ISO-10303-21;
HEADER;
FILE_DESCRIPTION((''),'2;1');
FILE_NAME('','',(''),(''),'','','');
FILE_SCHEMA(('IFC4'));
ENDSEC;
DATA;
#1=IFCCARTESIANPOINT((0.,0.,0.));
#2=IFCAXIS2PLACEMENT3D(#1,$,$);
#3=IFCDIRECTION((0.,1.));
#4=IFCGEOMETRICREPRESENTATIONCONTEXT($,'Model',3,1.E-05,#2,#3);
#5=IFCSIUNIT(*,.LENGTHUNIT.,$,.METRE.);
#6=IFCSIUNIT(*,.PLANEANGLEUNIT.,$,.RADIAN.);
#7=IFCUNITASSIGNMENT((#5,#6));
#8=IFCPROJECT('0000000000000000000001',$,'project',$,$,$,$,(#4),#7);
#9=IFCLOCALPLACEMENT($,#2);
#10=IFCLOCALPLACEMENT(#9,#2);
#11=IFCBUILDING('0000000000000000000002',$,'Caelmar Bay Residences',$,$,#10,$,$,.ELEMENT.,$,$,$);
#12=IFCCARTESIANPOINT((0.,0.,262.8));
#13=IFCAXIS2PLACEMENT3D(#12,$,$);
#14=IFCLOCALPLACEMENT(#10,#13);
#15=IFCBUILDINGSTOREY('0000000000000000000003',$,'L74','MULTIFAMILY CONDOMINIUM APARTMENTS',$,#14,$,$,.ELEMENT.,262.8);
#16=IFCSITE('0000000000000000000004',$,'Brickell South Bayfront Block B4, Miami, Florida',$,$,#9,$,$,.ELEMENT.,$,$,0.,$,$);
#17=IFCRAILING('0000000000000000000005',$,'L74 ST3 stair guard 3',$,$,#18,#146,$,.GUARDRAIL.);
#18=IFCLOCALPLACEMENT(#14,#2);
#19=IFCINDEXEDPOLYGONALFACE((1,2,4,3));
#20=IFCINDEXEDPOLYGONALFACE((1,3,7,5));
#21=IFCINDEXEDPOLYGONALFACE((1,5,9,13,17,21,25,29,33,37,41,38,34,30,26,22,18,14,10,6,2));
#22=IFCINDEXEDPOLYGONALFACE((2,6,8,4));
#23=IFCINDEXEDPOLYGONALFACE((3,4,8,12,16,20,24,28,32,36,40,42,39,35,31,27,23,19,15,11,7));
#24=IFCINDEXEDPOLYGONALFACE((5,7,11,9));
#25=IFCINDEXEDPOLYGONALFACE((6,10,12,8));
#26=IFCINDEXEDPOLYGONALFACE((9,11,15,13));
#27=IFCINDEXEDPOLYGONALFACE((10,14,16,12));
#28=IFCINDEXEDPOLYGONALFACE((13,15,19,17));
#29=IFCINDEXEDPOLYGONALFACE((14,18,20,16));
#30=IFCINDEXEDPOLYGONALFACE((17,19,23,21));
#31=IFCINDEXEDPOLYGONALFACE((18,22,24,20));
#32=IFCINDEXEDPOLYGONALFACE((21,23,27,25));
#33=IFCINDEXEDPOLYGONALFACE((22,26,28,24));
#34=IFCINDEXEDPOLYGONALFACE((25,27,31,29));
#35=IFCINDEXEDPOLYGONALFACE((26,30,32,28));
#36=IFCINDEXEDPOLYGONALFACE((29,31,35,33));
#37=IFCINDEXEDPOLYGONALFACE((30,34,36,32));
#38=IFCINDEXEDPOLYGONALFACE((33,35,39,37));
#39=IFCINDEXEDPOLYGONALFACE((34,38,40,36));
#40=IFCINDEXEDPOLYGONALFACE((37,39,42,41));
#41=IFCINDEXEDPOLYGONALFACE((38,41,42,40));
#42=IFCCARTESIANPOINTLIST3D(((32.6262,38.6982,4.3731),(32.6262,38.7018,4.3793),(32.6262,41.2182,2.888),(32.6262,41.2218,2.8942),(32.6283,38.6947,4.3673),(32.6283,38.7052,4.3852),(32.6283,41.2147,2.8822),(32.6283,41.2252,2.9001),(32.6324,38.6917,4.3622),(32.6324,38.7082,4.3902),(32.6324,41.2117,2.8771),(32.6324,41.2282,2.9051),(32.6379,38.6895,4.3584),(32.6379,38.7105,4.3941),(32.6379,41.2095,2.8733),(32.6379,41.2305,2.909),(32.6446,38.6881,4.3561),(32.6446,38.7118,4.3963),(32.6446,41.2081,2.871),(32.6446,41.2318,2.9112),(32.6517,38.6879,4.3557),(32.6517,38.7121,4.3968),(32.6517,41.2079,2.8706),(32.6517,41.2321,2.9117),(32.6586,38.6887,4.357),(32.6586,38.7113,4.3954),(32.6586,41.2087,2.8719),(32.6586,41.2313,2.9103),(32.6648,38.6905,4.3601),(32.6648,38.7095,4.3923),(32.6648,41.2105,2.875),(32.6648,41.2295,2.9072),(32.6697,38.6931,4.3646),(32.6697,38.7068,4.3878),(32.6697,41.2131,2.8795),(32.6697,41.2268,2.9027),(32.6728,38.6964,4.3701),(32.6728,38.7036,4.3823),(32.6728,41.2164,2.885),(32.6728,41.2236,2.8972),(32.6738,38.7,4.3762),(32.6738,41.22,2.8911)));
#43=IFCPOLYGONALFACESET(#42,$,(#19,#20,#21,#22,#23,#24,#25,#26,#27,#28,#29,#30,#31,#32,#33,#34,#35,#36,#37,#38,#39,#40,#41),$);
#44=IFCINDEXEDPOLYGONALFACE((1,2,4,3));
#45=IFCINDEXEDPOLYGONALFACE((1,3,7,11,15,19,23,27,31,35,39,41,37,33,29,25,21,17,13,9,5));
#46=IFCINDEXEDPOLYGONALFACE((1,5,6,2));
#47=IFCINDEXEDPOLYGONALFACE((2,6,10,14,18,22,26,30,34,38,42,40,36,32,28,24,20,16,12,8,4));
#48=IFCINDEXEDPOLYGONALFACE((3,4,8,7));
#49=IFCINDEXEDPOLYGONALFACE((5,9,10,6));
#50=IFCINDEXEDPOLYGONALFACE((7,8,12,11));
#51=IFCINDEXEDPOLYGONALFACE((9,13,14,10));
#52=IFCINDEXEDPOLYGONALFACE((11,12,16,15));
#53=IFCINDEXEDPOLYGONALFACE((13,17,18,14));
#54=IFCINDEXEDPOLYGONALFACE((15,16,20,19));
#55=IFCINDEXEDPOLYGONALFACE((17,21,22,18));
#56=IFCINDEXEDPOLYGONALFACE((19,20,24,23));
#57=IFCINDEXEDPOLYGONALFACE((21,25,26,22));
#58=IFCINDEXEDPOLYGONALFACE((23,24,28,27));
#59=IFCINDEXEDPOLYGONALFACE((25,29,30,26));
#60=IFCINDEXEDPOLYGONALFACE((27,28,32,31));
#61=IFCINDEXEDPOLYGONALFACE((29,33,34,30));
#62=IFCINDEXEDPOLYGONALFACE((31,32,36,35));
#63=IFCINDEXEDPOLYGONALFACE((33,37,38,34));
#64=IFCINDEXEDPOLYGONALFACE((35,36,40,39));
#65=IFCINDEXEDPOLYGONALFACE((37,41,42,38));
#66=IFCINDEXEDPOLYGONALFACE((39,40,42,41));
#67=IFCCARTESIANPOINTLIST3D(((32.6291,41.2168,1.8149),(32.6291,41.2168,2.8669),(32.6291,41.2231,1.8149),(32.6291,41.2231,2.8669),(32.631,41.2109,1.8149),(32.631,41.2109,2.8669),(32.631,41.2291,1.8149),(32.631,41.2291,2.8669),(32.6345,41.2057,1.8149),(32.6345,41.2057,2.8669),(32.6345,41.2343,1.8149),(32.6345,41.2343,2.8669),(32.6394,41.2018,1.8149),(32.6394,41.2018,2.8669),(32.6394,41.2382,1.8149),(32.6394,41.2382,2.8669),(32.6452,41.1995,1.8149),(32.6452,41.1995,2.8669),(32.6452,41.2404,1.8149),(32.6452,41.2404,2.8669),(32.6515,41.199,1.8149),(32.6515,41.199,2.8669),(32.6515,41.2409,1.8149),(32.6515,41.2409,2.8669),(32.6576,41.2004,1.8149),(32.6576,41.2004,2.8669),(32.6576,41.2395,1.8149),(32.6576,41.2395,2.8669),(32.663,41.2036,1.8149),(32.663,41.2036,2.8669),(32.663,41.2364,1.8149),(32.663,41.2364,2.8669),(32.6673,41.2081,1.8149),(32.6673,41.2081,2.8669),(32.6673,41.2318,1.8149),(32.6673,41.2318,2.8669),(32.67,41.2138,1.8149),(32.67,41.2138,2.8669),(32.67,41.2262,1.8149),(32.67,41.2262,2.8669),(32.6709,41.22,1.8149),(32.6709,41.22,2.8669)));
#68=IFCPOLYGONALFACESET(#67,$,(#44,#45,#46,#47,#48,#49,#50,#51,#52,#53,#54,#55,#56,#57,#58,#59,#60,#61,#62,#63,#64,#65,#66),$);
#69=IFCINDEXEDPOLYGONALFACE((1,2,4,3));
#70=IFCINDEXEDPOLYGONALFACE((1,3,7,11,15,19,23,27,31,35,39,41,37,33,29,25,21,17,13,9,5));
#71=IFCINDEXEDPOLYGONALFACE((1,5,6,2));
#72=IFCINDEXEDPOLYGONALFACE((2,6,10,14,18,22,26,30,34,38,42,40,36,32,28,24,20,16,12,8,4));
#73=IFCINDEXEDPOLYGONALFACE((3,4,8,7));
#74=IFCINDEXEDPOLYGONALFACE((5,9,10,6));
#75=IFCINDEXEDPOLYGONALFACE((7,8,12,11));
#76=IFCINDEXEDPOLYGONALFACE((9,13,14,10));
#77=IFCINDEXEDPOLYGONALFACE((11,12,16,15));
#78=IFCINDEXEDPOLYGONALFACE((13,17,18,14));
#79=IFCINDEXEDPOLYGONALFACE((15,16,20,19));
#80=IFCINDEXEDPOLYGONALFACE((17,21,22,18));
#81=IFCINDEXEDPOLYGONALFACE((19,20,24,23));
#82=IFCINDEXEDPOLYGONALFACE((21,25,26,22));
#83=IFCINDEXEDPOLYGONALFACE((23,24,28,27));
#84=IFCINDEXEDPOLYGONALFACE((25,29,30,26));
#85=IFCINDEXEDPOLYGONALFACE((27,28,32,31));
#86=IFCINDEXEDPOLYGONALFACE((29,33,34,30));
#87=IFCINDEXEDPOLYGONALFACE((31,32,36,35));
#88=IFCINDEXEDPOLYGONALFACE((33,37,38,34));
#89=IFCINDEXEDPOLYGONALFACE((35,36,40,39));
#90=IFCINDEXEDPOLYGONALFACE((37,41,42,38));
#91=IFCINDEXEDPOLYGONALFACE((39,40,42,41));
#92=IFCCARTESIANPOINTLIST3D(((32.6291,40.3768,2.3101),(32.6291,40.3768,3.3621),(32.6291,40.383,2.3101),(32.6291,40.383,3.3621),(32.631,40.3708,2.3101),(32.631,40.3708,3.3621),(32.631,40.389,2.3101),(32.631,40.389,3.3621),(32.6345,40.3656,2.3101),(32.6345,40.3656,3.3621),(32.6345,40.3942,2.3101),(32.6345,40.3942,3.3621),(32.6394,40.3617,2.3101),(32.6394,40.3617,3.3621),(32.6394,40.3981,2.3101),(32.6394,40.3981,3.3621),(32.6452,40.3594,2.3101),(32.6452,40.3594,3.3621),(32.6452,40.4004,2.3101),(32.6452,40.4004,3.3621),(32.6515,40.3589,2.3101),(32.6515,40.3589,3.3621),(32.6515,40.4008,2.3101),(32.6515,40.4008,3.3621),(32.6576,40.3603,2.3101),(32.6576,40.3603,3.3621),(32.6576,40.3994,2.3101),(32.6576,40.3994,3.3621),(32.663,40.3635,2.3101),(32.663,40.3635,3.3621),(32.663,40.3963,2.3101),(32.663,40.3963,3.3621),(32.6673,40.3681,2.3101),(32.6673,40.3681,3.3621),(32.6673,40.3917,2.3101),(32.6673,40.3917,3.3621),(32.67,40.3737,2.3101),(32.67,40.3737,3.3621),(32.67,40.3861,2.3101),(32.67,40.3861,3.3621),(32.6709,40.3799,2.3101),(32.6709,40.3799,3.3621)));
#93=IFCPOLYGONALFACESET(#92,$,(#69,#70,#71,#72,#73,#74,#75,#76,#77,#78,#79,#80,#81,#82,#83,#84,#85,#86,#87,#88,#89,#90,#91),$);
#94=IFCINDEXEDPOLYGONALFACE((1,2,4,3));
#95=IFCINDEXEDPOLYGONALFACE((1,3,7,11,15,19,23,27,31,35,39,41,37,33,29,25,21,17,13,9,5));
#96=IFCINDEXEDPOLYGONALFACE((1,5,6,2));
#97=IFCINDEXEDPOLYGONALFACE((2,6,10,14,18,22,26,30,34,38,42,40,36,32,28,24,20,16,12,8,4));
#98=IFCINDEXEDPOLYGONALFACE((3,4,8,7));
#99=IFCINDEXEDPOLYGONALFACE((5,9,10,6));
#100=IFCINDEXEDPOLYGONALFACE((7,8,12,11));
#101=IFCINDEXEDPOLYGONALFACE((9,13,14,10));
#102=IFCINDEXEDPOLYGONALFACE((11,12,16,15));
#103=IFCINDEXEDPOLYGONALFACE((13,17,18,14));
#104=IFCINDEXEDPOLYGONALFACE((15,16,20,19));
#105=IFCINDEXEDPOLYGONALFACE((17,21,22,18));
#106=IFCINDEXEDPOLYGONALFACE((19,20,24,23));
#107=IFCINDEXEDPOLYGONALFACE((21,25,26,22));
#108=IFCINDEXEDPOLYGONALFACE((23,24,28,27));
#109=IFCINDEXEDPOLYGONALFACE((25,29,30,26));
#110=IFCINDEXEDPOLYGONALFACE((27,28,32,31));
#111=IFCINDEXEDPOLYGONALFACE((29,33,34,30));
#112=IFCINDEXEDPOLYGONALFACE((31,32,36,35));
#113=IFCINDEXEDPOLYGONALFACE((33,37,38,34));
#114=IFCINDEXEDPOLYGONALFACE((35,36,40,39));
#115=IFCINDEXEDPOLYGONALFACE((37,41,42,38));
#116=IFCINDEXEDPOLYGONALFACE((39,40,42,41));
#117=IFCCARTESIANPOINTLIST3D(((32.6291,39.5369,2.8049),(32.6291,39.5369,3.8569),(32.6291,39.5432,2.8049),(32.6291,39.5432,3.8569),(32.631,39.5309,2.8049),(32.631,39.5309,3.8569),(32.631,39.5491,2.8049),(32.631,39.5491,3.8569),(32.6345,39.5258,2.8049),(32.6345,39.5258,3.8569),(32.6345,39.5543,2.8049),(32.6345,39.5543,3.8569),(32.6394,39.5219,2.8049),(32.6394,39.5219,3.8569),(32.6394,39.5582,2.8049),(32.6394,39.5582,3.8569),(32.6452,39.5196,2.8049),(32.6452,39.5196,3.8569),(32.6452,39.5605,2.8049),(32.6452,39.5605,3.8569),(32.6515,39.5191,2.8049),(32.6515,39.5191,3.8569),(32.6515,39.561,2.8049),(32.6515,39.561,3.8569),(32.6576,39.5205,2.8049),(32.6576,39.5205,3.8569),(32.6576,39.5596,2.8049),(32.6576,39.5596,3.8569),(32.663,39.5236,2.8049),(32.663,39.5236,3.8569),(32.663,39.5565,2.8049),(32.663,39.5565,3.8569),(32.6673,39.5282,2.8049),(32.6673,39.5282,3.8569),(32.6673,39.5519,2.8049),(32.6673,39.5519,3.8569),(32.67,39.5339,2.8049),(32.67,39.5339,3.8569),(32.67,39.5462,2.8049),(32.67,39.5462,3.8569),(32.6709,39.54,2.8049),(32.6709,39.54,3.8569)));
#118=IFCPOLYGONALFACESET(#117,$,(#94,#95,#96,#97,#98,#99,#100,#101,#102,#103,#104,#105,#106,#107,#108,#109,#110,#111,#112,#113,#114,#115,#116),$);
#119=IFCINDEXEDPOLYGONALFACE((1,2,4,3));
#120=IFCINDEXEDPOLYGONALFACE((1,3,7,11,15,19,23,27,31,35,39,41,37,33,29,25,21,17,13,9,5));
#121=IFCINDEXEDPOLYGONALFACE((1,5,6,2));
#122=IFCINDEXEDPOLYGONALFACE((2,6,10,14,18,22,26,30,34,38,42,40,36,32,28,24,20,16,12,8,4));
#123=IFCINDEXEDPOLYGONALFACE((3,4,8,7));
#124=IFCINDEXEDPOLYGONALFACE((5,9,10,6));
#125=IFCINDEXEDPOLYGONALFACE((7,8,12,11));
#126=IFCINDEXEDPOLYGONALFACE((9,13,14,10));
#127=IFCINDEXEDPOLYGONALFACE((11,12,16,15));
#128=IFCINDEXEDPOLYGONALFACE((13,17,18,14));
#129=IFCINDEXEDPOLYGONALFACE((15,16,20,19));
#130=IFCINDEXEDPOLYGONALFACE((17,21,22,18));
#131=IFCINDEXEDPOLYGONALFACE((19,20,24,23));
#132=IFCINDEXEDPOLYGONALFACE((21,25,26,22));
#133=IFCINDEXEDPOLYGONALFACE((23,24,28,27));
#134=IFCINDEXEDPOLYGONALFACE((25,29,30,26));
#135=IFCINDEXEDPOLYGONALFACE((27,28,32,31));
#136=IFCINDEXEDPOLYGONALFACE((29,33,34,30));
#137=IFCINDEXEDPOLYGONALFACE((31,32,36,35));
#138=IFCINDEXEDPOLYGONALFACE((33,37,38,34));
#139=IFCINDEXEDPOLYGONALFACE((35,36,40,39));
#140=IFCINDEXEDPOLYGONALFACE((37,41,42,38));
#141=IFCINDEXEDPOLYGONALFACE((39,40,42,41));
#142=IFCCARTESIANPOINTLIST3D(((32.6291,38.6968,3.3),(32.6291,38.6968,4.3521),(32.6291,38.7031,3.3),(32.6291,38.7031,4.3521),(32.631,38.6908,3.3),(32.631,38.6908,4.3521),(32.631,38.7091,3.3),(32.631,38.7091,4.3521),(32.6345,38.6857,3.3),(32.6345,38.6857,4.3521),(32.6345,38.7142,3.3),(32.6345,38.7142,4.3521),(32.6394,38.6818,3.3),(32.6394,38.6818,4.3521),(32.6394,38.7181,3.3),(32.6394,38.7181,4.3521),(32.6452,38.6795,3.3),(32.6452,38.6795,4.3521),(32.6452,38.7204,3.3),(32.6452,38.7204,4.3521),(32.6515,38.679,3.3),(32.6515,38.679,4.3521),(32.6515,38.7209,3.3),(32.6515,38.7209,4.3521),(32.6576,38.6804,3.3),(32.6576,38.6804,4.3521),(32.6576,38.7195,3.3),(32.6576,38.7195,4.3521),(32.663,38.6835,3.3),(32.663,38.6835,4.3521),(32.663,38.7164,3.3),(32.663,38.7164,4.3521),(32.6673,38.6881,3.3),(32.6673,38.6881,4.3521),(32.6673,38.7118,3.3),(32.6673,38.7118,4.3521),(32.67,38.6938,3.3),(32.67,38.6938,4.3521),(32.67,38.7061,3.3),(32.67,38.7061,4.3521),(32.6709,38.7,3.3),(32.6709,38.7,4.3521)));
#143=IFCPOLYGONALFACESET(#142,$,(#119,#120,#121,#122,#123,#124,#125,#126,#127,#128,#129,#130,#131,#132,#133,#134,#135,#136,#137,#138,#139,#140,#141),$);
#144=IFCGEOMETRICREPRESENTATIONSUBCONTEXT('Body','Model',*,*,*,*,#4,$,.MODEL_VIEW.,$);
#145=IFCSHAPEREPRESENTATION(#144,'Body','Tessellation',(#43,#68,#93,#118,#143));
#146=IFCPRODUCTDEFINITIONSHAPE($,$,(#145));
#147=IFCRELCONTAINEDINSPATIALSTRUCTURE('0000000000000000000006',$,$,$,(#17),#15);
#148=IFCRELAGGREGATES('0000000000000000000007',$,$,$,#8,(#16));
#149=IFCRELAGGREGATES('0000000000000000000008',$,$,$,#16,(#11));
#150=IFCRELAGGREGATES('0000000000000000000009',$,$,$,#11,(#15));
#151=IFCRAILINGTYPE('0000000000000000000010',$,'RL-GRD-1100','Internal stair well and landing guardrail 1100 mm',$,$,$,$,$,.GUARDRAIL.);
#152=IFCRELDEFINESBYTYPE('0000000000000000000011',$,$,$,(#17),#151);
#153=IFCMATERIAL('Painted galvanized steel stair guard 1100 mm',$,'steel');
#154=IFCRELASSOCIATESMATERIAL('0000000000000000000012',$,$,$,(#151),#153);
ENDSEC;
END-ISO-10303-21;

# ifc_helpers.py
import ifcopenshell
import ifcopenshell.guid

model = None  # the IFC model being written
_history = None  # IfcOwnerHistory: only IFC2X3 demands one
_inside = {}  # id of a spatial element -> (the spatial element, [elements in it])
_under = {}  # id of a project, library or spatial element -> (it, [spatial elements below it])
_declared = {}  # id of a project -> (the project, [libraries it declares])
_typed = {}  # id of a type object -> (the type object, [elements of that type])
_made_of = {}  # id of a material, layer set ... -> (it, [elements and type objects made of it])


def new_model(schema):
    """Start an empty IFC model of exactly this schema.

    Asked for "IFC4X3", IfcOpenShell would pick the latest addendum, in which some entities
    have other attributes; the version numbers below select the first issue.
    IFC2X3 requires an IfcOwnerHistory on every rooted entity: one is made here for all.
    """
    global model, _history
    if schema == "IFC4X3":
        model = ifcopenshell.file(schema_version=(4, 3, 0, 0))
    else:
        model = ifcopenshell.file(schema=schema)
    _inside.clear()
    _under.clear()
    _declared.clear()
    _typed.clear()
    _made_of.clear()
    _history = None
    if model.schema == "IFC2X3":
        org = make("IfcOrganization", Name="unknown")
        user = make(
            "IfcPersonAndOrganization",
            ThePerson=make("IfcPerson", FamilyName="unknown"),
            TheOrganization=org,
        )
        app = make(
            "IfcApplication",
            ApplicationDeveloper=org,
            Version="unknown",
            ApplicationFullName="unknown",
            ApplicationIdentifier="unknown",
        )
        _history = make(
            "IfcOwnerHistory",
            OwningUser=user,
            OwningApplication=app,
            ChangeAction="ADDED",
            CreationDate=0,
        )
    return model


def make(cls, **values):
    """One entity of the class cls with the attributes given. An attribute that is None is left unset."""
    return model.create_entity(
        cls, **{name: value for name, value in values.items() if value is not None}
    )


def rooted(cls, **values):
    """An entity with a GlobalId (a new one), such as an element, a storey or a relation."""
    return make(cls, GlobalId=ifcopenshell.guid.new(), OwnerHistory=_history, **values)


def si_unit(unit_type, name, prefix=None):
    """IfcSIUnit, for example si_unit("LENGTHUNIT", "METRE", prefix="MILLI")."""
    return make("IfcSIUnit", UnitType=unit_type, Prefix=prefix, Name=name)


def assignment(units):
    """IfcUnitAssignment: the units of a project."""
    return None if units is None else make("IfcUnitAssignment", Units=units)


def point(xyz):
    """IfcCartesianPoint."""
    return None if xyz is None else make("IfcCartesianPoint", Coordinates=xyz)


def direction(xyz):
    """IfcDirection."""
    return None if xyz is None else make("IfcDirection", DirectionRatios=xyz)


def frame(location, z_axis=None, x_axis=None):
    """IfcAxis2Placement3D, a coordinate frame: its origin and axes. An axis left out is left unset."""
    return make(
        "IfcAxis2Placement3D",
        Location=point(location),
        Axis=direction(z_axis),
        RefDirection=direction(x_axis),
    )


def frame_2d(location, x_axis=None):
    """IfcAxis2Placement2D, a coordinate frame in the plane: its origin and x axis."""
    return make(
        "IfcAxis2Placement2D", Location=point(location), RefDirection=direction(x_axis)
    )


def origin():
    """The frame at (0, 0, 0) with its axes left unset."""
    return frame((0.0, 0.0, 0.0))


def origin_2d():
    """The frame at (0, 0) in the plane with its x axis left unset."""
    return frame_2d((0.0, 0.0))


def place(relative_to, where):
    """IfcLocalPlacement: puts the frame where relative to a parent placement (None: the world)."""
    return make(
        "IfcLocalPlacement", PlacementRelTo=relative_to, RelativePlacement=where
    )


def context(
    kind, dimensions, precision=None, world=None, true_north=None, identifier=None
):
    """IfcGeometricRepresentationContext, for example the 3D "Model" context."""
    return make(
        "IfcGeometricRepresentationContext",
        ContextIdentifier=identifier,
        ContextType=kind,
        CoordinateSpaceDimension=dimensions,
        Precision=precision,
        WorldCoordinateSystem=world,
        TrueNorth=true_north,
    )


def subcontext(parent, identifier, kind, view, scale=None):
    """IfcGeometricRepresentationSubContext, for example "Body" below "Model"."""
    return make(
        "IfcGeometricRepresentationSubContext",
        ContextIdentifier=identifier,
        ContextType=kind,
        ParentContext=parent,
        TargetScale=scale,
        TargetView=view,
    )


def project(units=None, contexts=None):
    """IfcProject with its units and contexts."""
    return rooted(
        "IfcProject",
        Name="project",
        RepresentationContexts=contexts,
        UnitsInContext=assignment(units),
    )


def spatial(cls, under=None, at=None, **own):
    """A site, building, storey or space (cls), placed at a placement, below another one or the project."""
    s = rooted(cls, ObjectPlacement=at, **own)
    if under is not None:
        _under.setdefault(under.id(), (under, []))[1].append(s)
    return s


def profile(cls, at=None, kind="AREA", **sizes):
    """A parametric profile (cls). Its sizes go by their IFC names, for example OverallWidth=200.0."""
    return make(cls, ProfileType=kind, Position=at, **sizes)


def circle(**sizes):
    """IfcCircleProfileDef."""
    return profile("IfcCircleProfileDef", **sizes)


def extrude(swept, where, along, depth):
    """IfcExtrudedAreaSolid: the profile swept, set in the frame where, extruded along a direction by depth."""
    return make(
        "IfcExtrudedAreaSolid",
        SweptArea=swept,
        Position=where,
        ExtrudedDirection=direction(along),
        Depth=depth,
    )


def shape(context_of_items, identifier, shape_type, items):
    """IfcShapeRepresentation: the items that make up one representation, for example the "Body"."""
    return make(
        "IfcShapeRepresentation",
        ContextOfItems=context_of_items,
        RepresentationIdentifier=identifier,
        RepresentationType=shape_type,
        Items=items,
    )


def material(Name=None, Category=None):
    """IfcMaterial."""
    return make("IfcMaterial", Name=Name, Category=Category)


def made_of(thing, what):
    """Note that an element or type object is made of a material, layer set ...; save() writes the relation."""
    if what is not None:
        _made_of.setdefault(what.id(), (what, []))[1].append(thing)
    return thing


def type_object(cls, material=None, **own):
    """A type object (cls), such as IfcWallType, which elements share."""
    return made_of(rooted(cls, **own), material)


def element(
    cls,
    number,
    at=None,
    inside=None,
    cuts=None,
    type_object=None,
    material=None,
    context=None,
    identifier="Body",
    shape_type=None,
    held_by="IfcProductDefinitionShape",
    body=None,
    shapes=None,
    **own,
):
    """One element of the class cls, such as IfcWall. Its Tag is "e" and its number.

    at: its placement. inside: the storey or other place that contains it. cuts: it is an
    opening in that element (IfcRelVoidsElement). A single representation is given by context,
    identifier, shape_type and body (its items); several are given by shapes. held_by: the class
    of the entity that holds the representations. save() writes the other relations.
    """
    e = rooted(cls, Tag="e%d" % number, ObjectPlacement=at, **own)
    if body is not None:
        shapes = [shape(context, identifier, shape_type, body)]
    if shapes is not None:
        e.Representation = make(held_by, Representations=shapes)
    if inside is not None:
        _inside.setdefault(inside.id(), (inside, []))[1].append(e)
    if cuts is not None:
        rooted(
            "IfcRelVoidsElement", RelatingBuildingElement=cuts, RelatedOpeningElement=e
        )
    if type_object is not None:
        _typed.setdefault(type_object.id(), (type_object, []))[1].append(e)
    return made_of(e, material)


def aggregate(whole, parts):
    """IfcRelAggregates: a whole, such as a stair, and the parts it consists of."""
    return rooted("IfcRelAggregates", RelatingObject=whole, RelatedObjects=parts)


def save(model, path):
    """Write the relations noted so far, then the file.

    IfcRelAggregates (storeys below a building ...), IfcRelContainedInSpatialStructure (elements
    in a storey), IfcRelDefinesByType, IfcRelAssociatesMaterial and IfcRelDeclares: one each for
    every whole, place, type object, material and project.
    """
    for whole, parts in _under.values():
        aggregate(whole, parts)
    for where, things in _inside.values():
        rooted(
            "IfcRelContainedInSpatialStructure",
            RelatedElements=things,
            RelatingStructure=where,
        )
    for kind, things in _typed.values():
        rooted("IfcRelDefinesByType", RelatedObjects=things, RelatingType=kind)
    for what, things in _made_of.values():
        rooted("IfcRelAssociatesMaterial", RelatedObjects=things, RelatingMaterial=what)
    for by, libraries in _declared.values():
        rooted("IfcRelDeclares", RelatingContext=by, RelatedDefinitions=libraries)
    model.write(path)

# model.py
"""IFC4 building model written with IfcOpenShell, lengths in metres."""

from ifc_helpers import new_model, si_unit, direction, frame, origin, origin_2d, place, context, subcontext, project, spatial, circle, extrude, material, type_object, element, save


model = new_model("IFC4")

# Units and contexts
model_context = context("Model", 3, precision=1e-05, world=origin(), true_north=direction((0.0, 1.0)))
body_context = subcontext(model_context, "Body", "Model", "MODEL_VIEW")
ifc_project = project(units=[si_unit("LENGTHUNIT", "METRE"), si_unit("PLANEANGLEUNIT", "RADIAN")], contexts=[model_context])

# Site, building, storey
site_placement = place(None, origin())
site = spatial("IfcSite", under=ifc_project, at=site_placement, Name="Brickell South Bayfront Block B4, Miami, Florida", CompositionType="ELEMENT", RefElevation=0.0)
building_placement = place(site_placement, origin())
building = spatial("IfcBuilding", under=site, at=building_placement, Name="Caelmar Bay Residences", CompositionType="ELEMENT")
storey_placement = place(building_placement, frame((0.0, 0.0, 262.8)))
storey = spatial("IfcBuildingStorey", under=building, at=storey_placement, Name="L74", Description="MULTIFAMILY CONDOMINIUM APARTMENTS", CompositionType="ELEMENT", Elevation=262.8)

# Railing
ifc_material_1 = material(Name="Painted galvanized steel stair guard 1100 mm", Category="steel")
railing_type_1 = type_object("IfcRailingType", Name="RL-GRD-1100", Description="Internal stair well and landing guardrail 1100 mm", PredefinedType="GUARDRAIL", material=ifc_material_1)
railing_1_placement = place(storey_placement, frame((32.6499, 41.22, 1.8149)))
element("IfcRailing", 1, at=railing_1_placement, inside=storey, type_object=railing_type_1, Name="L74 ST3 stair guard 3", PredefinedType="GUARDRAIL", context=body_context, shape_type="SweptSolid", body=[
    extrude(circle(Radius=0.0239, at=origin_2d()), frame((0.0, 0.0, 1.0762), z_axis=(0.0, -0.861524, 0.507717), x_axis=(1.0, 0.0, 0.0)), (0.0, 0.0, 1.0), 2.925),
    extrude(circle(Radius=0.021, at=origin_2d()), origin(), (0.0, 0.0, 1.0), 1.052),
    extrude(circle(Radius=0.021, at=origin_2d()), frame((0.0, -0.8401, 0.4951)), (0.0, 0.0, 1.0), 1.052),
    extrude(circle(Radius=0.021, at=origin_2d()), frame((0.0, -1.6799, 0.99)), (0.0, 0.0, 1.0), 1.052),
    extrude(circle(Radius=0.021, at=origin_2d()), frame((0.0, -2.52, 1.4851)), (0.0, 0.0, 1.0), 1.052),
])

save(model, "model.ifc")
